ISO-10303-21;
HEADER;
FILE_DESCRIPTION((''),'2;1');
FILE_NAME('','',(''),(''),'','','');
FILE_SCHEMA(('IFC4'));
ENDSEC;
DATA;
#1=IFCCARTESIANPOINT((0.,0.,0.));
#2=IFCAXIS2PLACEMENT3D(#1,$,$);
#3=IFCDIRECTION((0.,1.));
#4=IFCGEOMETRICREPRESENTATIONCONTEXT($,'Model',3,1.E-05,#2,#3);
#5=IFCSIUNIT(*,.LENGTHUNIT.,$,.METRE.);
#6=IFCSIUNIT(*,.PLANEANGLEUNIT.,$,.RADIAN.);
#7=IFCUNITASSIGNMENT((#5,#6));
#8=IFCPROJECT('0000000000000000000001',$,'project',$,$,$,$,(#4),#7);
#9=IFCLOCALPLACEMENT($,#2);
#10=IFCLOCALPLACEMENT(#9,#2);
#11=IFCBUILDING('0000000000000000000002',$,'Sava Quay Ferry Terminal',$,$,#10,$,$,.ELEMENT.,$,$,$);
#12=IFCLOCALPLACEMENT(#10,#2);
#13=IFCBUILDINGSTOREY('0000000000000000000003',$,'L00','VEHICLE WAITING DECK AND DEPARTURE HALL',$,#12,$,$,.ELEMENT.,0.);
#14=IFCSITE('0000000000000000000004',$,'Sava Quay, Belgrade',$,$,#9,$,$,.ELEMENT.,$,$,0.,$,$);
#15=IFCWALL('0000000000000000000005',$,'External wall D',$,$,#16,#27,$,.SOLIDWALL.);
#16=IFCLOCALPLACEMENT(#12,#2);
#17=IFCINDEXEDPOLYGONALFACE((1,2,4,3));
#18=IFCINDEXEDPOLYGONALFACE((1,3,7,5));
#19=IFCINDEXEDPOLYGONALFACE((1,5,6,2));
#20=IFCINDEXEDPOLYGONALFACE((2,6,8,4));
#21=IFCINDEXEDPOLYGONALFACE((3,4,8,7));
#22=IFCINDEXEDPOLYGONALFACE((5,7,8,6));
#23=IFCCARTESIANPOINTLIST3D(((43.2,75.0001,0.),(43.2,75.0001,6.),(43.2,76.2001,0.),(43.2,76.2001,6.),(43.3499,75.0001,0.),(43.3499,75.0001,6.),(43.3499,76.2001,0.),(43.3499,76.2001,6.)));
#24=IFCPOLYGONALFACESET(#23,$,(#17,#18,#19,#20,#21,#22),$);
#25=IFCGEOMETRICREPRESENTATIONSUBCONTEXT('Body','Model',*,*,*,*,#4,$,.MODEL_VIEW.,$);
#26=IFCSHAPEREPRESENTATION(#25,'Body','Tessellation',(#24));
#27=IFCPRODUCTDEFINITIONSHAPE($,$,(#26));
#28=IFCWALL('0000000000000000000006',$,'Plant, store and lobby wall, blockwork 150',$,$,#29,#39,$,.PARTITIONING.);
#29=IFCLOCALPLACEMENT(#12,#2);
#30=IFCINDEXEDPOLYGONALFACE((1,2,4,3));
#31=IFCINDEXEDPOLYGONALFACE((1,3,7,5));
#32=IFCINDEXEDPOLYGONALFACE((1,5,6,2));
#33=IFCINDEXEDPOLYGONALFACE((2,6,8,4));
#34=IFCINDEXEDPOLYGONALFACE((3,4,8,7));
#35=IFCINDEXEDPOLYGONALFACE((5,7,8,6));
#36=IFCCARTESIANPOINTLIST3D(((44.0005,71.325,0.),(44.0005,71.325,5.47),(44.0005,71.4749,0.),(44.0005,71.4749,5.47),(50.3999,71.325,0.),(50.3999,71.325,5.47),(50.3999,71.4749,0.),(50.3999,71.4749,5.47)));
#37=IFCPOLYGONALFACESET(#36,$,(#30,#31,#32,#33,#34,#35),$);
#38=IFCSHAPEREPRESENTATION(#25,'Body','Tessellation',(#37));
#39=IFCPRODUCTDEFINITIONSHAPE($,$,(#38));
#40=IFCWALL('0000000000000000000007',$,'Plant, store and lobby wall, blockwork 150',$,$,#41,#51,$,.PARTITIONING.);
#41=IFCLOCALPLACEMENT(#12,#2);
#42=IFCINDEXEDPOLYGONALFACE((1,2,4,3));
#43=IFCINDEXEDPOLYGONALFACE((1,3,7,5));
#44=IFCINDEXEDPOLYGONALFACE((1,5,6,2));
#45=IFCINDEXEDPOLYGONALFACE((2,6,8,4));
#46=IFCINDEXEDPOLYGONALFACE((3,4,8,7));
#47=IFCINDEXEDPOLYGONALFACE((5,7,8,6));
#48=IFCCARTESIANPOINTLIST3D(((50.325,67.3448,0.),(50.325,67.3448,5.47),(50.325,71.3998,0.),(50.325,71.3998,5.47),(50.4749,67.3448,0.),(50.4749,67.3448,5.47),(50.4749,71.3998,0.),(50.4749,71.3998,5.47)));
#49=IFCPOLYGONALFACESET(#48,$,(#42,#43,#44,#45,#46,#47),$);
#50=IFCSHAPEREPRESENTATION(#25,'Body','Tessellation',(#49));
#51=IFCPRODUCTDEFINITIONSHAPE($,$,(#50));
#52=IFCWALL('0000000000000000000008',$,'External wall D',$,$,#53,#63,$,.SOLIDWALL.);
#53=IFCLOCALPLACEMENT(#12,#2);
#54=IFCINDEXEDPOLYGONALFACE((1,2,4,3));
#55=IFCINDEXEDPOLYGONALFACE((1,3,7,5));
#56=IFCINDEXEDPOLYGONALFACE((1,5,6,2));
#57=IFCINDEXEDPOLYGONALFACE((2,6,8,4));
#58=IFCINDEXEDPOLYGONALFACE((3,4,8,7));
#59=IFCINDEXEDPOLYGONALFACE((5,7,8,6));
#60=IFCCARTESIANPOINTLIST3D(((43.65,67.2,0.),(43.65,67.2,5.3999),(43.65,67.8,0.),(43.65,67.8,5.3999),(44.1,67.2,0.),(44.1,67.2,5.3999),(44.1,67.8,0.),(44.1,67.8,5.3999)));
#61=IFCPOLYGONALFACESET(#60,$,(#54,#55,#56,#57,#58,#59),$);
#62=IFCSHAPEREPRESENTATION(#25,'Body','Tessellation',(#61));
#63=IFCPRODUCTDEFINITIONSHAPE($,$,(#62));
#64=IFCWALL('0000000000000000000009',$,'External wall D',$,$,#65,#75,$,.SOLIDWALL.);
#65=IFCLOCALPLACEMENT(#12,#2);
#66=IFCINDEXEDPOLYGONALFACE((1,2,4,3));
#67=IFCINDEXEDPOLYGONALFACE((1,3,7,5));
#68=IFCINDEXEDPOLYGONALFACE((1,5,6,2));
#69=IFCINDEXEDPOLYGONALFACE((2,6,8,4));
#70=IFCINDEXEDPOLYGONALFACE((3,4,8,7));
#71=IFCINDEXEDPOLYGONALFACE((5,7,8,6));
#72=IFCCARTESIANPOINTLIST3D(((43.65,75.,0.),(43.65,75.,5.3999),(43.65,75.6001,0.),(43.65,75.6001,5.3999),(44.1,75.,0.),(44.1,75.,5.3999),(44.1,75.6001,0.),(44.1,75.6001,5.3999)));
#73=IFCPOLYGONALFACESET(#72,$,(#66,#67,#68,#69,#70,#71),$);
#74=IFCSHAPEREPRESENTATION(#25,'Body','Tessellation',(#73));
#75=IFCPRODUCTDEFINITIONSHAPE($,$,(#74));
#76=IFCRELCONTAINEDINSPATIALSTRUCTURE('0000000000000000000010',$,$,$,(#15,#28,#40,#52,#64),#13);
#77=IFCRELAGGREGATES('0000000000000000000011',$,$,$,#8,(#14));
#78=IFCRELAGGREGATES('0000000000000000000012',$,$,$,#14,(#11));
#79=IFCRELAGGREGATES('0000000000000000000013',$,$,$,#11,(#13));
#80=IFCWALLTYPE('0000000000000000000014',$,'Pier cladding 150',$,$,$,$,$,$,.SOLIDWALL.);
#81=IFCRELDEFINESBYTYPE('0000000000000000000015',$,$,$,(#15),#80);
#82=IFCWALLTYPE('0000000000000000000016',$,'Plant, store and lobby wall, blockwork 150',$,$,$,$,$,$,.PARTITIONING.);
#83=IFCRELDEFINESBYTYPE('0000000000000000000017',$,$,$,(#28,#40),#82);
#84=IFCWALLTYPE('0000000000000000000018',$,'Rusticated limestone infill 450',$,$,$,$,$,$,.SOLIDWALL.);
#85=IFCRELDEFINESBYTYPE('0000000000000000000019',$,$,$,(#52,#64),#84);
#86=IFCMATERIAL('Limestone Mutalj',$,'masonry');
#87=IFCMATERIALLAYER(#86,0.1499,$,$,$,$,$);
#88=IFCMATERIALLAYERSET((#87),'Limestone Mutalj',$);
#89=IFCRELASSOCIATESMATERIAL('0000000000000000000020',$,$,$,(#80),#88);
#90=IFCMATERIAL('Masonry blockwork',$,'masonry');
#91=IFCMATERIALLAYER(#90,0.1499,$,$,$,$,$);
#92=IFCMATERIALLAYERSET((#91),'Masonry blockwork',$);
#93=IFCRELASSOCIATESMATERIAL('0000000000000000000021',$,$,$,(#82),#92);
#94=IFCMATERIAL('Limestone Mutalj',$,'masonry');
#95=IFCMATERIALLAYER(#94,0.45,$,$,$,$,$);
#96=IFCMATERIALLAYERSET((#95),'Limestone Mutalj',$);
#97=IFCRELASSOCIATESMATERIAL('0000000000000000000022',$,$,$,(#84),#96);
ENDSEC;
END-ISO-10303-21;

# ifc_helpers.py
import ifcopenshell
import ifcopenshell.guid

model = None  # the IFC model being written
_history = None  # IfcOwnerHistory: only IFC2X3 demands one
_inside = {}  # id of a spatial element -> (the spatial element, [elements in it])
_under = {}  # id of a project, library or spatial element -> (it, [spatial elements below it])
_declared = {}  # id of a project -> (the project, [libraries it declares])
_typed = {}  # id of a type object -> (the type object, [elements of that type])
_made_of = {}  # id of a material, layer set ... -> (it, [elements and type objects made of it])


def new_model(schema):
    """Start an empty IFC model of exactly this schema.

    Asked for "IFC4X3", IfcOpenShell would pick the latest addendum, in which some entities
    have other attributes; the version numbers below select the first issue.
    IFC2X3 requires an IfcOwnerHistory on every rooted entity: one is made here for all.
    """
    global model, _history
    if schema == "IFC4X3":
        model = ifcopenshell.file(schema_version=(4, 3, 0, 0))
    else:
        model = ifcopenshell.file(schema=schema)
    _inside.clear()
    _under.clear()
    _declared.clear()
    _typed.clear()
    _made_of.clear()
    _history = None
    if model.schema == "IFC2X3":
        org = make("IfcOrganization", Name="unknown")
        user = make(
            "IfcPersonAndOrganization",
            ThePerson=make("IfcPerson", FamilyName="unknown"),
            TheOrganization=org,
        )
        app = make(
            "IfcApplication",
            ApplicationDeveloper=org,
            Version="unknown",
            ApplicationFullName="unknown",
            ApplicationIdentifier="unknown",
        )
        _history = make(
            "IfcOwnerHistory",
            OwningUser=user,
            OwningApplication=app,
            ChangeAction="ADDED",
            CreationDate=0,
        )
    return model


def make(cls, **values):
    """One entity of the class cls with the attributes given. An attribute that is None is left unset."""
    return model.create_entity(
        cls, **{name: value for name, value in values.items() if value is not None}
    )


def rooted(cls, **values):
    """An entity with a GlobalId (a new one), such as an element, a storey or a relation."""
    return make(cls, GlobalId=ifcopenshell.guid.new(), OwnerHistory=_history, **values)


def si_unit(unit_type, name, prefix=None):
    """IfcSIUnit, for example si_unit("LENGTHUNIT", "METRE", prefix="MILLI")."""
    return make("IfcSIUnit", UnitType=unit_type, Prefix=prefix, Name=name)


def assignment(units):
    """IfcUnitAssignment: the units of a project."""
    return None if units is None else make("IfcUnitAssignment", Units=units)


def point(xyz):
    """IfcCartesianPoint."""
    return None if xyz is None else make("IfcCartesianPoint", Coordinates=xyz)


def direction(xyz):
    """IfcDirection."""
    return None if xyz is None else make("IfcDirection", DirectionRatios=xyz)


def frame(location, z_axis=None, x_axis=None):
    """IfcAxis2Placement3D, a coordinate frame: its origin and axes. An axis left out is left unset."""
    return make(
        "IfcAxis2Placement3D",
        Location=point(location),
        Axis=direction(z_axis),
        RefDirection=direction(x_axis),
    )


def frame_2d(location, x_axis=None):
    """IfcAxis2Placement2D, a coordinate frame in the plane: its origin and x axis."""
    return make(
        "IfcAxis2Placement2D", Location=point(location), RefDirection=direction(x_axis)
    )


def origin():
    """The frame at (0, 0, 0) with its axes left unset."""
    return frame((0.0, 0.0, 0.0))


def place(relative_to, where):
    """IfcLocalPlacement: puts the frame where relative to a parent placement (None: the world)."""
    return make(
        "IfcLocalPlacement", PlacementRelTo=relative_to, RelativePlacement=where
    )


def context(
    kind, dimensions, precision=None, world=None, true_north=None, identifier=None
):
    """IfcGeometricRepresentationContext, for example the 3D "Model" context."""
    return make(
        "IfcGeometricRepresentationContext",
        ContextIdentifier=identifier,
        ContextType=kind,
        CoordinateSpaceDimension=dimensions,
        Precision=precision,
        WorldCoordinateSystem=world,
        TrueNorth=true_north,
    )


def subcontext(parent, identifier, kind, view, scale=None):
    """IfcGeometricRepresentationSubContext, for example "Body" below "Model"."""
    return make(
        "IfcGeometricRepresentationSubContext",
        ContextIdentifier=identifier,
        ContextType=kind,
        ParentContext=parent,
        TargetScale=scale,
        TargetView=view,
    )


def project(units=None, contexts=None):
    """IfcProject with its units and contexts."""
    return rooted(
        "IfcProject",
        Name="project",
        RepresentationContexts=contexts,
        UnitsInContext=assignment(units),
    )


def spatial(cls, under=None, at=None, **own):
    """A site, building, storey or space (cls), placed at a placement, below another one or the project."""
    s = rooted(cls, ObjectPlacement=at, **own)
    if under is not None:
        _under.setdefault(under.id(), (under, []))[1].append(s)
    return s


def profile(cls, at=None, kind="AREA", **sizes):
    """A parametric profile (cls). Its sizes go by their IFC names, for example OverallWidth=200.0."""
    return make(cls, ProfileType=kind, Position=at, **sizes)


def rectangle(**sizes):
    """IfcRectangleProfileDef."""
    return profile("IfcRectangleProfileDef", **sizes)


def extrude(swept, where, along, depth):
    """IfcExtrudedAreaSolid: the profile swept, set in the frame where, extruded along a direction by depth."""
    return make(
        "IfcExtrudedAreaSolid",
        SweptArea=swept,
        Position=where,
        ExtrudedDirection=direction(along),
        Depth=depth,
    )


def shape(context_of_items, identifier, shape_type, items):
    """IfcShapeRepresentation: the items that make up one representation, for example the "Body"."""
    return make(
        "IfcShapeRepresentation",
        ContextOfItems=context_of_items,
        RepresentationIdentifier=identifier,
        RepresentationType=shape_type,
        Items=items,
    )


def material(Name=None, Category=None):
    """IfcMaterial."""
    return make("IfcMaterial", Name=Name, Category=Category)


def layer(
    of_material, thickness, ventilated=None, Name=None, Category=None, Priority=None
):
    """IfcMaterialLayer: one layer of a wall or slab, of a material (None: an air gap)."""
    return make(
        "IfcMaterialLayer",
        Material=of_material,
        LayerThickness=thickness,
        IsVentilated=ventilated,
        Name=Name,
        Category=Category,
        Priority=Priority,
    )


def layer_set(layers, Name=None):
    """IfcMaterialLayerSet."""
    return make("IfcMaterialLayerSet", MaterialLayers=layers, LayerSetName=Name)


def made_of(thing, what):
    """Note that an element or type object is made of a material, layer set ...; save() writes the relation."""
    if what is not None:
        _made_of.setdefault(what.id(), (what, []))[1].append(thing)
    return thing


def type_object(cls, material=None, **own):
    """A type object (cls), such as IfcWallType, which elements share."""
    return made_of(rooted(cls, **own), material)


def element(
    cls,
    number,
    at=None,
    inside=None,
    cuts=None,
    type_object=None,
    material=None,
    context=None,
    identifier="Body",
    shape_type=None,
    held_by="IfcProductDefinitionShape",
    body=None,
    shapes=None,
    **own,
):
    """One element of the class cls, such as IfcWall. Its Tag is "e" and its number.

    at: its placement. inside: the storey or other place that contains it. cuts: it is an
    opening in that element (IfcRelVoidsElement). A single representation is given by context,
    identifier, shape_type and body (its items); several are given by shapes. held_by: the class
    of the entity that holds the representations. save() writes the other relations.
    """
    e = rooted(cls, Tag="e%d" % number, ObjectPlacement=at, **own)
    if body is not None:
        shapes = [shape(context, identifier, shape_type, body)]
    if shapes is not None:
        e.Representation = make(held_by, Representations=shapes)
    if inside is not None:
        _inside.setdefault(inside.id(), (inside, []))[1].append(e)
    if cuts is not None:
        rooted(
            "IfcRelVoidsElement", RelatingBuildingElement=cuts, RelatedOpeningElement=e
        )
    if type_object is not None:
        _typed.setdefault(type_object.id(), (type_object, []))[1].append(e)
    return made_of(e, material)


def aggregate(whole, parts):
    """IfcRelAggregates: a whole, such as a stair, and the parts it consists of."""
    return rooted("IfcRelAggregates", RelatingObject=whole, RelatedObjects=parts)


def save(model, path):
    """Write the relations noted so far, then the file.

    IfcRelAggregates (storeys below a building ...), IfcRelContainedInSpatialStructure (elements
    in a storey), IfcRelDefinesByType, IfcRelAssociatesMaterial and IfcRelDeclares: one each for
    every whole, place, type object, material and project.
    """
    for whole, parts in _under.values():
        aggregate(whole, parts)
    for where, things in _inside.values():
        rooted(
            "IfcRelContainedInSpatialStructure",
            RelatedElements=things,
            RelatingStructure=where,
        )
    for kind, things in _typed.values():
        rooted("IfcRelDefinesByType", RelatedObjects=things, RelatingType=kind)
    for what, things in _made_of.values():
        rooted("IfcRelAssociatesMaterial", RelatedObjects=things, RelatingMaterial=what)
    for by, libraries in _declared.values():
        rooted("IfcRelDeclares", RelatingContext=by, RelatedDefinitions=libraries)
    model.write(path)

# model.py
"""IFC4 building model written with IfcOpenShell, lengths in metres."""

from ifc_helpers import new_model, si_unit, direction, frame, frame_2d, origin, place, context, subcontext, project, spatial, rectangle, extrude, material, layer, layer_set, type_object, element, save


model = new_model("IFC4")

# Units and contexts
model_context = context("Model", 3, precision=1e-05, world=origin(), true_north=direction((0.0, 1.0)))
body_context = subcontext(model_context, "Body", "Model", "MODEL_VIEW")
ifc_project = project(units=[si_unit("LENGTHUNIT", "METRE"), si_unit("PLANEANGLEUNIT", "RADIAN")], contexts=[model_context])

# Site, building, storey
site_placement = place(None, origin())
site = spatial("IfcSite", under=ifc_project, at=site_placement, Name="Sava Quay, Belgrade", CompositionType="ELEMENT", RefElevation=0.0)
building_placement = place(site_placement, origin())
building = spatial("IfcBuilding", under=site, at=building_placement, Name="Sava Quay Ferry Terminal", CompositionType="ELEMENT")
storey_placement = place(building_placement, origin())
storey = spatial("IfcBuildingStorey", under=building, at=storey_placement, Name="L00", Description="VEHICLE WAITING DECK AND DEPARTURE HALL", CompositionType="ELEMENT", Elevation=0.0)

# Walls
ifc_material_1 = material(Name="Limestone Mutalj", Category="masonry")
ifc_layer_1 = layer(ifc_material_1, 0.1499)
ifc_layer_set_1 = layer_set([ifc_layer_1], Name="Limestone Mutalj")
wall_type_1 = type_object("IfcWallType", Name="Pier cladding 150", PredefinedType="SOLIDWALL", material=ifc_layer_set_1)
wall_1_placement = place(storey_placement, frame((43.2749, 75.0, 0.0), z_axis=(0.0, 0.0, 1.0), x_axis=(0.0, 1.0, 0.0)))
element("IfcWall", 1, at=wall_1_placement, inside=storey, type_object=wall_type_1, Name="External wall D", PredefinedType="SOLIDWALL", context=body_context, shape_type="SweptSolid", body=[
    extrude(rectangle(XDim=1.2, YDim=0.1499, at=frame_2d((0.6001, 0.0))), origin(), (0.0, 0.0, 1.0), 6.0),
])
ifc_material_2 = material(Name="Masonry blockwork", Category="masonry")
ifc_layer_2 = layer(ifc_material_2, 0.1499)
ifc_layer_set_2 = layer_set([ifc_layer_2], Name="Masonry blockwork")
wall_type_2 = type_object("IfcWallType", Name="Plant, store and lobby wall, blockwork 150", PredefinedType="PARTITIONING", material=ifc_layer_set_2)
wall_2_placement = place(storey_placement, frame((44.0005, 71.3999, 0.0), z_axis=(0.0, 0.0, 1.0), x_axis=(1.0, 0.0, 0.0)))
element("IfcWall", 2, at=wall_2_placement, inside=storey, type_object=wall_type_2, Name="Plant, store and lobby wall, blockwork 150", PredefinedType="PARTITIONING", context=body_context, shape_type="SweptSolid", body=[
    extrude(rectangle(XDim=6.3994, YDim=0.1499, at=frame_2d((3.1997, 0.0))), origin(), (0.0, 0.0, 1.0), 5.47),
])
wall_3_placement = place(storey_placement, frame((50.3999, 67.345, 0.0), z_axis=(0.0, 0.0, 1.0), x_axis=(0.0, 1.0, 0.0)))
element("IfcWall", 3, at=wall_3_placement, inside=storey, type_object=wall_type_2, Name="Plant, store and lobby wall, blockwork 150", PredefinedType="PARTITIONING", context=body_context, shape_type="SweptSolid", body=[
    extrude(rectangle(XDim=4.0549, YDim=0.1499, at=frame_2d((2.0273, 0.0))), origin(), (0.0, 0.0, 1.0), 5.47),
])
ifc_material_3 = material(Name="Limestone Mutalj", Category="masonry")
ifc_layer_3 = layer(ifc_material_3, 0.45)
ifc_layer_set_3 = layer_set([ifc_layer_3], Name="Limestone Mutalj")
wall_type_3 = type_object("IfcWallType", Name="Rusticated limestone infill 450", PredefinedType="SOLIDWALL", material=ifc_layer_set_3)
for number, where, z_axis, x_axis, name in (
    (4, (43.875, 67.2, 0.0), (0.0, 0.0, 1.0), (0.0, 1.0, 0.0), "External wall D"),
    (5, (43.875, 75.0, 0.0), (0.0, 0.0, 1.0), (0.0, 1.0, 0.0), "External wall D"),
):
    element("IfcWall", number, at=place(storey_placement, frame(where, z_axis=z_axis, x_axis=x_axis)), inside=storey, type_object=wall_type_3, Name=name, PredefinedType="SOLIDWALL", context=body_context, shape_type="SweptSolid", body=[
        extrude(rectangle(XDim=0.6001, YDim=0.45, at=frame_2d((0.3, 0.0))), origin(), (0.0, 0.0, 1.0), 5.3999),
    ])

save(model, "model.ifc")
